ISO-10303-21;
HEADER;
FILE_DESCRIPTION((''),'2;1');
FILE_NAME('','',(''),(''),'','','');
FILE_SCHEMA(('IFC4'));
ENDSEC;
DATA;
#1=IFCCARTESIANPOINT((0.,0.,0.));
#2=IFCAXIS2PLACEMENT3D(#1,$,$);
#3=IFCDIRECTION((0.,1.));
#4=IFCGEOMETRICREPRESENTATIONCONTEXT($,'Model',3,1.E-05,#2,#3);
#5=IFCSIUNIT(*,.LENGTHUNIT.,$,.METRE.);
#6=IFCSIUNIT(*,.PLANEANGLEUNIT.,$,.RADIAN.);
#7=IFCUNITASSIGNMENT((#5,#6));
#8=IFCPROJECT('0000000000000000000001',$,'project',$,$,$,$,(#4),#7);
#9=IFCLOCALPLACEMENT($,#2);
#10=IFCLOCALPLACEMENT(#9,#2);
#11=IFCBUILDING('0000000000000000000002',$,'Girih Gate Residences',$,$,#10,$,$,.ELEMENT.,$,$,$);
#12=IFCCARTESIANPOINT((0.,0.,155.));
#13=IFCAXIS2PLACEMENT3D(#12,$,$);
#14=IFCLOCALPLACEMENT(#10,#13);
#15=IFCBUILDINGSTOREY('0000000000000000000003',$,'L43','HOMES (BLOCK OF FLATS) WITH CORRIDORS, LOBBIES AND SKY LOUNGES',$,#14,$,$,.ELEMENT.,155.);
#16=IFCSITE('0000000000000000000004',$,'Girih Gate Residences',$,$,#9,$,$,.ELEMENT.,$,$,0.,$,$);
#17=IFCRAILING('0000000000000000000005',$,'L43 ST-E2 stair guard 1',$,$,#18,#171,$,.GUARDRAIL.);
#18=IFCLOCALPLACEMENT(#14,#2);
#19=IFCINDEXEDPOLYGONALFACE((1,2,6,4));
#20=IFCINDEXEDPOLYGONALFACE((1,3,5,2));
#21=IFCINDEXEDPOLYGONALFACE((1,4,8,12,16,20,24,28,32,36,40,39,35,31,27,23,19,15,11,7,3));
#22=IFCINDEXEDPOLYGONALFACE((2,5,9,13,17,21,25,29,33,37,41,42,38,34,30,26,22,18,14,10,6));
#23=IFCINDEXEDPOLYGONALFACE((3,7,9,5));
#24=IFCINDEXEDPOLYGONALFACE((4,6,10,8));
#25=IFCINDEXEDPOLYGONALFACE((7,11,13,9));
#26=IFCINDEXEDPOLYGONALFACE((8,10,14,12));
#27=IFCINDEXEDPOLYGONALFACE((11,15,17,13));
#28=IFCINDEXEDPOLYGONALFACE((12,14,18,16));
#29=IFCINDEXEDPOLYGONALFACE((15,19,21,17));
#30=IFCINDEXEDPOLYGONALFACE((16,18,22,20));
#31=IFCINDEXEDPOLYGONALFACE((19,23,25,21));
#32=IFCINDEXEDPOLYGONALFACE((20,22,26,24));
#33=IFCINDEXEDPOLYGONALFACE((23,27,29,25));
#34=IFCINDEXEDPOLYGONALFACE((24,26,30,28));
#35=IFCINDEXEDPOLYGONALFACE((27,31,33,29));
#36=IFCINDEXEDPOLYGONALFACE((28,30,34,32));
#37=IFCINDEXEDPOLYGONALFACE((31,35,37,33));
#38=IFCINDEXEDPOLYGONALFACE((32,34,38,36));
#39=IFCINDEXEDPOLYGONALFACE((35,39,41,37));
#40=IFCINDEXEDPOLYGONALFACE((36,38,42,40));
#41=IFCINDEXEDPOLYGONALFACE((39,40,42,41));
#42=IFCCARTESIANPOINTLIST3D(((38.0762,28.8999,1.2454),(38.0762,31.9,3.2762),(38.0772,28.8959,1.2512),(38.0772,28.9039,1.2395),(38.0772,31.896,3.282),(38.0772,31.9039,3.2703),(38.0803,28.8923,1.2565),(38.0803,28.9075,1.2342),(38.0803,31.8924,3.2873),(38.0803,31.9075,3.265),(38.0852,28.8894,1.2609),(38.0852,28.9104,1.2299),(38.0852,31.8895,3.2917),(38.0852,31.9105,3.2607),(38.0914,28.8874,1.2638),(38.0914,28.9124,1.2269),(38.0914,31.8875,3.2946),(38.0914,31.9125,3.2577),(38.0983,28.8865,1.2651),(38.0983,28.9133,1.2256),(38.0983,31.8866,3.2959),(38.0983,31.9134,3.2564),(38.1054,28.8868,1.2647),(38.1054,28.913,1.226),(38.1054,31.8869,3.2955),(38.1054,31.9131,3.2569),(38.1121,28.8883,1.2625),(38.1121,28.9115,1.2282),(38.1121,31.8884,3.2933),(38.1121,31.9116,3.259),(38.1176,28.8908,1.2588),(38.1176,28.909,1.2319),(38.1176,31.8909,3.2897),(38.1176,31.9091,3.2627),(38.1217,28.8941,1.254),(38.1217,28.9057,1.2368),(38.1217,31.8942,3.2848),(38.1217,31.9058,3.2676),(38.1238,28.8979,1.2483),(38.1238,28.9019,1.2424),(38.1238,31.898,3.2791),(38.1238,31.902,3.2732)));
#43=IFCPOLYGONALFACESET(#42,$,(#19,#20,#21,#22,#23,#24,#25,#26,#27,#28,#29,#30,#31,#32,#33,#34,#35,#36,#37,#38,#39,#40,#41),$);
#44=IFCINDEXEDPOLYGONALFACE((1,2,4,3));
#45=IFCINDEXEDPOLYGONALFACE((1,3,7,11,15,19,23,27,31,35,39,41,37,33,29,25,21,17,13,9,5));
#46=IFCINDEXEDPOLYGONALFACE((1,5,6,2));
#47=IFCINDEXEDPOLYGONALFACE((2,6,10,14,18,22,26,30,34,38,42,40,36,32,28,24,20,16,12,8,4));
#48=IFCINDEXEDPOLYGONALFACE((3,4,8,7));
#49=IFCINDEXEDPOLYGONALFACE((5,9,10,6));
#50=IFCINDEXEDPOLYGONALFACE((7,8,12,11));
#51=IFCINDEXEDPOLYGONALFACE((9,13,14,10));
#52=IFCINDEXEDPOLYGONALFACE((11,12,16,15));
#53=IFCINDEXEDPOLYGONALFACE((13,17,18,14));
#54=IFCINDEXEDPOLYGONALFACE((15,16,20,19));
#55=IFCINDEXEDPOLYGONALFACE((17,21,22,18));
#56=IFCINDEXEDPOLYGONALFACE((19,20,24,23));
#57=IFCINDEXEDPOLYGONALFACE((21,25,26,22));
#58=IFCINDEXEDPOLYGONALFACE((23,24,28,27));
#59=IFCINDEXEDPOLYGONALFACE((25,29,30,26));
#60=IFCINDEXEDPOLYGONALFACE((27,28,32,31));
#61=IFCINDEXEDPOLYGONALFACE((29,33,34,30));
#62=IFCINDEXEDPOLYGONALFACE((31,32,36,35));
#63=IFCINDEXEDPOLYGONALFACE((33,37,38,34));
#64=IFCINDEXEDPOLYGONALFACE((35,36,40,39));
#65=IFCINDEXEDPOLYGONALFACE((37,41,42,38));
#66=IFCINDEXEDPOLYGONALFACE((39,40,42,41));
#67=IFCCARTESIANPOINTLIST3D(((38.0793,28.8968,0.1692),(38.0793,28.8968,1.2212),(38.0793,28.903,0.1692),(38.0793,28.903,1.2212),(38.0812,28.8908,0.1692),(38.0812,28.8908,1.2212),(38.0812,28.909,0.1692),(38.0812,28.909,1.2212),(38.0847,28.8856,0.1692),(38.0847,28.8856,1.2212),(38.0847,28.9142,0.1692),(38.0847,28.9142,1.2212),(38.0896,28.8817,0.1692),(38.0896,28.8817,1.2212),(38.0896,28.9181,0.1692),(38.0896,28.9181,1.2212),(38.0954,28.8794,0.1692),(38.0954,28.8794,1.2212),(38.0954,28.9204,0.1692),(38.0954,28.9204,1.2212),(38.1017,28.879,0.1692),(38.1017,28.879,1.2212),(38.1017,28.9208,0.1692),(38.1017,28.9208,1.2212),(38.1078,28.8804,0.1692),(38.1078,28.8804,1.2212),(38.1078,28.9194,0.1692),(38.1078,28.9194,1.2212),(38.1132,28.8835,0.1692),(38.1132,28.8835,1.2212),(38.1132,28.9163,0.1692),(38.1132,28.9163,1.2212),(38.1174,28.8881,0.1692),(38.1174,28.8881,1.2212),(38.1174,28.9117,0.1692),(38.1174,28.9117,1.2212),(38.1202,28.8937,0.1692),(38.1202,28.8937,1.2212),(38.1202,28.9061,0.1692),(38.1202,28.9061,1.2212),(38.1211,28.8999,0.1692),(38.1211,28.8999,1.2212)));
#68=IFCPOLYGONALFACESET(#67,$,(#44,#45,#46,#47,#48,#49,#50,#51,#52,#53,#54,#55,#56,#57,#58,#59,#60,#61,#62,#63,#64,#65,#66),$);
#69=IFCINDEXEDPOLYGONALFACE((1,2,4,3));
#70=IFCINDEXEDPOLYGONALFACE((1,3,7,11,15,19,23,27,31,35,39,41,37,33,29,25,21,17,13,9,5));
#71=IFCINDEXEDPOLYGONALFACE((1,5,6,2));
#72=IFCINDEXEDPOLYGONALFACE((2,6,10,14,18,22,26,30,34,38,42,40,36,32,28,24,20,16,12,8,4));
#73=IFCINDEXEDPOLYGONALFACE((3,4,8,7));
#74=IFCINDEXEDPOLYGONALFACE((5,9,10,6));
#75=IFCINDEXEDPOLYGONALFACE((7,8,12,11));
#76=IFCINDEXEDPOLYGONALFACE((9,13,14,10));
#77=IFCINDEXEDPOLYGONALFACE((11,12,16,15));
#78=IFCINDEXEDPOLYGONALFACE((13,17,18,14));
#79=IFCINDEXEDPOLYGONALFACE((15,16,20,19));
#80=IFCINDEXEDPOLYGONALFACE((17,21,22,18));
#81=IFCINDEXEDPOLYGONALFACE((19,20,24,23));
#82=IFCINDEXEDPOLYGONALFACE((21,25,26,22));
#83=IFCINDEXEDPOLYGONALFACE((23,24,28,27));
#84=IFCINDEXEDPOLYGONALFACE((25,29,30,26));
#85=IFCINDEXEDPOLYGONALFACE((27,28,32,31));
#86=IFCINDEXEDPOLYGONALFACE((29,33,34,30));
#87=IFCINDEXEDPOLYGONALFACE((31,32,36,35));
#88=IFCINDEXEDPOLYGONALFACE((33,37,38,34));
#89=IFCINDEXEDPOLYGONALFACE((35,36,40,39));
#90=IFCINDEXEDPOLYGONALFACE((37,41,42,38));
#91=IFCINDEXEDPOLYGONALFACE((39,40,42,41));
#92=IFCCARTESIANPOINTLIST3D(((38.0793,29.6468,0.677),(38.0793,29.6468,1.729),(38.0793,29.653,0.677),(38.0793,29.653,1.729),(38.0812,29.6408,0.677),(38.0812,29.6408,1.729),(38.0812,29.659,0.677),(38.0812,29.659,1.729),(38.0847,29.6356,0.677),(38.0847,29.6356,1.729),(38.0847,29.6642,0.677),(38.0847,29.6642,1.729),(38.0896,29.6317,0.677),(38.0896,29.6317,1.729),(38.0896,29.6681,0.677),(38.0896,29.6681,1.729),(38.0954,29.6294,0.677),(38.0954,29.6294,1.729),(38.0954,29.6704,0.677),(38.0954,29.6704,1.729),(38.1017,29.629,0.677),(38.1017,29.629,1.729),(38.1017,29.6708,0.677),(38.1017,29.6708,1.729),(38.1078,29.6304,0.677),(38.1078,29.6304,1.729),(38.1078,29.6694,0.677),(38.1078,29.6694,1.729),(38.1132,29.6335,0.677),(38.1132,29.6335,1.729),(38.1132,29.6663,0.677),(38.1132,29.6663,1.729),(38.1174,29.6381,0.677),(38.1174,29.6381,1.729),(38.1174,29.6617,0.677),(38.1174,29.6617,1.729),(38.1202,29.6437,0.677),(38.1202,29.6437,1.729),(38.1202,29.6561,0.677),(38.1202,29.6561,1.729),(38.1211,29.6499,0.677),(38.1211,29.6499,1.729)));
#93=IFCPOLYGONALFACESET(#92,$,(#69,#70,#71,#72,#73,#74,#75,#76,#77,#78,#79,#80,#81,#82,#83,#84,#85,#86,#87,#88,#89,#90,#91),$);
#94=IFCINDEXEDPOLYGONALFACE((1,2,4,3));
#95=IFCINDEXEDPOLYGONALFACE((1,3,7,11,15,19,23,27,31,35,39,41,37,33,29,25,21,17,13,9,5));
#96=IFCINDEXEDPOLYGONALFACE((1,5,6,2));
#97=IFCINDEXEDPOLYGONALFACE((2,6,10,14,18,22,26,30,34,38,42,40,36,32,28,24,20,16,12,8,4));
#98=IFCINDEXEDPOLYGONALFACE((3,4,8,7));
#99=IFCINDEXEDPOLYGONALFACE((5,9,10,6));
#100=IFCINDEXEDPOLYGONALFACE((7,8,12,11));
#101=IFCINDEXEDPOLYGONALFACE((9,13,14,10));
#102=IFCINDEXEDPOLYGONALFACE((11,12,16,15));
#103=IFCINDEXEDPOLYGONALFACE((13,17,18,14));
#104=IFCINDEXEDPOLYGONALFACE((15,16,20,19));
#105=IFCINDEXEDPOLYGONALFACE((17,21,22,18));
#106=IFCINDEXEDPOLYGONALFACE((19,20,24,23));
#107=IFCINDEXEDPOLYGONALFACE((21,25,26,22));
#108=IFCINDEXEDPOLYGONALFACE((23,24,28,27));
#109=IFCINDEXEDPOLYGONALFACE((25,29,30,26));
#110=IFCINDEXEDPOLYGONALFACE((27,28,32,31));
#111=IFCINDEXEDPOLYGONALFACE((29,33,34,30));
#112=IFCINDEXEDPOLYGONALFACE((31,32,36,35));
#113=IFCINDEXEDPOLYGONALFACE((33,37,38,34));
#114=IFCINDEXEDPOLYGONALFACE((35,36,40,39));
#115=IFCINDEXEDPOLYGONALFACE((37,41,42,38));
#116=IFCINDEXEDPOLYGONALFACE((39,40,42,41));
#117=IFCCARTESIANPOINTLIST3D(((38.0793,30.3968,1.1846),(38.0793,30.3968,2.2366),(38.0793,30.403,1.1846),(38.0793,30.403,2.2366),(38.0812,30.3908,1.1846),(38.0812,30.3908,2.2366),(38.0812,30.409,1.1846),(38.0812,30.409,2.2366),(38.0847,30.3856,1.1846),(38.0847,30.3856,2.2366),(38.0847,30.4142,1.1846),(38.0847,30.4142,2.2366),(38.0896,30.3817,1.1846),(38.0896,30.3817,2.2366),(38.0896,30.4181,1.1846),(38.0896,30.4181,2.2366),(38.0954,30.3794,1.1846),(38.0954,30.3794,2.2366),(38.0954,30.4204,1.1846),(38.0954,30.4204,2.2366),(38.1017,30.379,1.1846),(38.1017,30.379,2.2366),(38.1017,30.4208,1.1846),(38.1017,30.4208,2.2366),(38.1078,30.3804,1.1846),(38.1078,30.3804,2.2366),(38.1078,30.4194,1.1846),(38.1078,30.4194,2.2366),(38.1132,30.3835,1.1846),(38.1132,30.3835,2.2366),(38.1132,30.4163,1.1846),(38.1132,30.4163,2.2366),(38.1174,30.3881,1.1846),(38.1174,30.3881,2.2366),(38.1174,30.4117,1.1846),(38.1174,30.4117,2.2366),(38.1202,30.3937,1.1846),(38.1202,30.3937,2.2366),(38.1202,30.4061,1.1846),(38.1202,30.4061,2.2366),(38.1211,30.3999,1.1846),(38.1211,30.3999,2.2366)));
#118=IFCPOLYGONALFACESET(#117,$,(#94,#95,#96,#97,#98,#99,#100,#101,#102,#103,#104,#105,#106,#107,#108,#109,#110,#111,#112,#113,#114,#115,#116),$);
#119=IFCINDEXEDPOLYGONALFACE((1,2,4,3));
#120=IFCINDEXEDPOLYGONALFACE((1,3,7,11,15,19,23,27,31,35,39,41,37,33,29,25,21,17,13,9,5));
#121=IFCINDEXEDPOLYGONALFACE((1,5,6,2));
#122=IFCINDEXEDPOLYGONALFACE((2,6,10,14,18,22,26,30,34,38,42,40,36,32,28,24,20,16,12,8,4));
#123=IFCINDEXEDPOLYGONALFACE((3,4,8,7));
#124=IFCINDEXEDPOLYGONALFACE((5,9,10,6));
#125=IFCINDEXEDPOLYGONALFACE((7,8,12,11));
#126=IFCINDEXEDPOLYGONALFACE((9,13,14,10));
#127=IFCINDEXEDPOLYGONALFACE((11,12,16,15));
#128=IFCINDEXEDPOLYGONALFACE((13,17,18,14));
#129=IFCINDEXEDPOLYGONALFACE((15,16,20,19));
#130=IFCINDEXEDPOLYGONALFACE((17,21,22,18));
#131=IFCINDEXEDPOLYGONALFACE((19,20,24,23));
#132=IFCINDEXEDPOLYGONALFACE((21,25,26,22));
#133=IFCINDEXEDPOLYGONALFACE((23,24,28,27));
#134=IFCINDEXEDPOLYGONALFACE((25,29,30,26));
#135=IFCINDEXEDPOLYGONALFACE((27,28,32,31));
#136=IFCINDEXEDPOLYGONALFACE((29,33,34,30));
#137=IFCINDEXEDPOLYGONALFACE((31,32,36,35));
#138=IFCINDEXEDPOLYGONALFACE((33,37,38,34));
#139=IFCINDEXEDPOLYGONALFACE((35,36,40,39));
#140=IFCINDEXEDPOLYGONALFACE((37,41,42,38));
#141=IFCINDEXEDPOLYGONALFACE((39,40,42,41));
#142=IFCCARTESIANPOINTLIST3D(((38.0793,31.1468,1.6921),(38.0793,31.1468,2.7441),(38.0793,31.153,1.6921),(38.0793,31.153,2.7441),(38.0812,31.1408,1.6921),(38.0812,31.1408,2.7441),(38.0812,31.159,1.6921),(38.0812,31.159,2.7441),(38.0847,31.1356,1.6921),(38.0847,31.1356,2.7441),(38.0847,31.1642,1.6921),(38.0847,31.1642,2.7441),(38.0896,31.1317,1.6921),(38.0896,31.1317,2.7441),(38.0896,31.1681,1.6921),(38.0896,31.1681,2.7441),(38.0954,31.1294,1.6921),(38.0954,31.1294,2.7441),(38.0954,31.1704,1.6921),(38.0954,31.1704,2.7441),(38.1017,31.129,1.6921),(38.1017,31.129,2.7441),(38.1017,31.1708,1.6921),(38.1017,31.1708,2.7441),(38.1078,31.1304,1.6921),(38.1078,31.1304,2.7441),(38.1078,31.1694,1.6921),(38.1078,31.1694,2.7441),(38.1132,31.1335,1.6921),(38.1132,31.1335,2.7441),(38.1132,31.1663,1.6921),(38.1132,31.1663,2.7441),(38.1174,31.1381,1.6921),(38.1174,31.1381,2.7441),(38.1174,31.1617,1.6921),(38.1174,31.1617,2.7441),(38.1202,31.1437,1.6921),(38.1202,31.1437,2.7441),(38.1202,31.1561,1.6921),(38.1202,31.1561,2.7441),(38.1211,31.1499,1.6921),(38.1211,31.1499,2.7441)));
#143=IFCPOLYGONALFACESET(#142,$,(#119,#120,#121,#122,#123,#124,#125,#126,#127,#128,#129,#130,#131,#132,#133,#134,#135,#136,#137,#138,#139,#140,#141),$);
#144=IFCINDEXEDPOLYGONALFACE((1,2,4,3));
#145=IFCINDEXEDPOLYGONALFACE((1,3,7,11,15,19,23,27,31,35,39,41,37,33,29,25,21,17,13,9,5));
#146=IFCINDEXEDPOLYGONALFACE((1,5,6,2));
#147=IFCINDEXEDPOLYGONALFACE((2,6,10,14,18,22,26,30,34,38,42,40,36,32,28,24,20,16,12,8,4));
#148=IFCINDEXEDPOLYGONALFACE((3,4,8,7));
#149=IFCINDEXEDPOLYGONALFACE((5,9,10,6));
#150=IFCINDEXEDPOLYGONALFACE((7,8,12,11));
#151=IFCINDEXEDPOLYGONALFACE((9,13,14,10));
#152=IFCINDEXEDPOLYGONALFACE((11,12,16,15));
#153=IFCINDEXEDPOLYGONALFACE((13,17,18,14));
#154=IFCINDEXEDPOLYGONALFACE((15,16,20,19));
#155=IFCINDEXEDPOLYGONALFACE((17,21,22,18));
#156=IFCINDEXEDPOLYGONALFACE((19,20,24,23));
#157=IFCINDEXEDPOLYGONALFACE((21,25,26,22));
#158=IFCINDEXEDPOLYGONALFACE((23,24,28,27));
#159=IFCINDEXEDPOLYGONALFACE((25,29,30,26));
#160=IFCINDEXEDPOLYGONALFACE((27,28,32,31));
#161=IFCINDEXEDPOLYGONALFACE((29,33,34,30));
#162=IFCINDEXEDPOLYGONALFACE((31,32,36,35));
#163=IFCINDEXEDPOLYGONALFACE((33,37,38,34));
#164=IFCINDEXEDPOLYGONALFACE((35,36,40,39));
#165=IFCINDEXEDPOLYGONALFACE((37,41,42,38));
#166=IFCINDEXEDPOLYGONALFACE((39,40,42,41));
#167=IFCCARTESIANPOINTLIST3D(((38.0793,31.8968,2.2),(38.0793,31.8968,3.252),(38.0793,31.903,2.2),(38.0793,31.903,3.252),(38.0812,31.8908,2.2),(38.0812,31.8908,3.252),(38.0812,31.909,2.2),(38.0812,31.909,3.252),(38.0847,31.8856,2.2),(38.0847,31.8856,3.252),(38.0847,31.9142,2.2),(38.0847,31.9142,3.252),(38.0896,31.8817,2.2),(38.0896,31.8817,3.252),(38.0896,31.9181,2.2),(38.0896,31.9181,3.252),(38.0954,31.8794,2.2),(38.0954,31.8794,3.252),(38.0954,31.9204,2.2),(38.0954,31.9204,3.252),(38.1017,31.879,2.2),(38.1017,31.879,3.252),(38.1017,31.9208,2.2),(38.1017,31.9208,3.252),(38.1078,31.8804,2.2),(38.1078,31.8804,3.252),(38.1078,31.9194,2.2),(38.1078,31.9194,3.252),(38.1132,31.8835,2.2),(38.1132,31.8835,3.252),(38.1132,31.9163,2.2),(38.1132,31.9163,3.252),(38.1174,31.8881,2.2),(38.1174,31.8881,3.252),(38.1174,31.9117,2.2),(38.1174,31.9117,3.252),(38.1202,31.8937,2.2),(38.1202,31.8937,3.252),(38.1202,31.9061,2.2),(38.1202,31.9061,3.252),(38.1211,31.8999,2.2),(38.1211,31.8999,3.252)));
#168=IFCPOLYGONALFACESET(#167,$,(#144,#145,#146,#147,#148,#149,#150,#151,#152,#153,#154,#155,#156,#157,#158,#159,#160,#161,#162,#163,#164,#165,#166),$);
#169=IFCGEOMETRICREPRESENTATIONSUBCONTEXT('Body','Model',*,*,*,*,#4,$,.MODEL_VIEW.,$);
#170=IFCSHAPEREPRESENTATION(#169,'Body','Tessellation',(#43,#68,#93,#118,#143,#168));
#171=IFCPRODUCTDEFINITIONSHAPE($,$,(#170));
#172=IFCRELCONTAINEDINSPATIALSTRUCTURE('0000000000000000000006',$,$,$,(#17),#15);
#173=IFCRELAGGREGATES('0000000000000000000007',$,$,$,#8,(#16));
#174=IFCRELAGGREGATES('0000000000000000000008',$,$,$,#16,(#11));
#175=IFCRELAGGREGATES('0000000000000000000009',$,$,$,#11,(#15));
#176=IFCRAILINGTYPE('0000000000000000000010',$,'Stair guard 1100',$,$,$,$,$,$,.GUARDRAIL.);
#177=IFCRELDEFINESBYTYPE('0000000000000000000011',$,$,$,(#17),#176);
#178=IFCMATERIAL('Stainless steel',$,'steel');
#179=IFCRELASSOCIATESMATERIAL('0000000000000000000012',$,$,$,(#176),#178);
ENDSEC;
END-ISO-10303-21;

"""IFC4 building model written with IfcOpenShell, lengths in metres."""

from ifc_helpers import new_model, si_unit, direction, frame, origin, origin_2d, place, context, subcontext, project, spatial, circle, extrude, material, type_object, element, save


model = new_model("IFC4")

# Units and contexts
model_context = context("Model", 3, precision=1e-05, world=origin(), true_north=direction((0.0, 1.0)))
body_context = subcontext(model_context, "Body", "Model", "MODEL_VIEW")
ifc_project = project(units=[si_unit("LENGTHUNIT", "METRE"), si_unit("PLANEANGLEUNIT", "RADIAN")], contexts=[model_context])

# Site, building, storey
site_placement = place(None, origin())
site = spatial("IfcSite", under=ifc_project, at=site_placement, Name="Girih Gate Residences", CompositionType="ELEMENT", RefElevation=0.0)
building_placement = place(site_placement, origin())
building = spatial("IfcBuilding", under=site, at=building_placement, Name="Girih Gate Residences", CompositionType="ELEMENT")
storey_placement = place(building_placement, frame((0.0, 0.0, 155.0)))
storey = spatial("IfcBuildingStorey", under=building, at=storey_placement, Name="L43", Description="HOMES (BLOCK OF FLATS) WITH CORRIDORS, LOBBIES AND SKY LOUNGES", CompositionType="ELEMENT", Elevation=155.0)

# Railing
ifc_material_1 = material(Name="Stainless steel", Category="steel")
railing_type_1 = type_object("IfcRailingType", Name="Stair guard 1100", PredefinedType="GUARDRAIL", material=ifc_material_1)
railing_1_placement = place(storey_placement, frame((38.1001, 28.8999, 0.1692)))
element("IfcRailing", 1, at=railing_1_placement, inside=storey, type_object=railing_type_1, Name="L43 ST-E2 stair guard 1", PredefinedType="GUARDRAIL", context=body_context, shape_type="SweptSolid", body=[
    extrude(circle(Radius=0.0239, at=origin_2d()), frame((0.0, 0.0, 1.0762), z_axis=(0.0, 0.82811, 0.560565), x_axis=(-1.0, 0.0, 0.0)), (0.0, 0.0, 1.0), 3.6228),
    extrude(circle(Radius=0.021, at=origin_2d()), origin(), (0.0, 0.0, 1.0), 1.052),
    extrude(circle(Radius=0.021, at=origin_2d()), frame((0.0, 0.75, 0.5078)), (0.0, 0.0, 1.0), 1.052),
    extrude(circle(Radius=0.021, at=origin_2d()), frame((0.0, 1.5, 1.0154)), (0.0, 0.0, 1.0), 1.052),
    extrude(circle(Radius=0.021, at=origin_2d()), frame((0.0, 2.25, 1.5229)), (0.0, 0.0, 1.0), 1.052),
    extrude(circle(Radius=0.021, at=origin_2d()), frame((0.0, 3.0, 2.0308)), (0.0, 0.0, 1.0), 1.052),
])

save(model, "model.ifc")
